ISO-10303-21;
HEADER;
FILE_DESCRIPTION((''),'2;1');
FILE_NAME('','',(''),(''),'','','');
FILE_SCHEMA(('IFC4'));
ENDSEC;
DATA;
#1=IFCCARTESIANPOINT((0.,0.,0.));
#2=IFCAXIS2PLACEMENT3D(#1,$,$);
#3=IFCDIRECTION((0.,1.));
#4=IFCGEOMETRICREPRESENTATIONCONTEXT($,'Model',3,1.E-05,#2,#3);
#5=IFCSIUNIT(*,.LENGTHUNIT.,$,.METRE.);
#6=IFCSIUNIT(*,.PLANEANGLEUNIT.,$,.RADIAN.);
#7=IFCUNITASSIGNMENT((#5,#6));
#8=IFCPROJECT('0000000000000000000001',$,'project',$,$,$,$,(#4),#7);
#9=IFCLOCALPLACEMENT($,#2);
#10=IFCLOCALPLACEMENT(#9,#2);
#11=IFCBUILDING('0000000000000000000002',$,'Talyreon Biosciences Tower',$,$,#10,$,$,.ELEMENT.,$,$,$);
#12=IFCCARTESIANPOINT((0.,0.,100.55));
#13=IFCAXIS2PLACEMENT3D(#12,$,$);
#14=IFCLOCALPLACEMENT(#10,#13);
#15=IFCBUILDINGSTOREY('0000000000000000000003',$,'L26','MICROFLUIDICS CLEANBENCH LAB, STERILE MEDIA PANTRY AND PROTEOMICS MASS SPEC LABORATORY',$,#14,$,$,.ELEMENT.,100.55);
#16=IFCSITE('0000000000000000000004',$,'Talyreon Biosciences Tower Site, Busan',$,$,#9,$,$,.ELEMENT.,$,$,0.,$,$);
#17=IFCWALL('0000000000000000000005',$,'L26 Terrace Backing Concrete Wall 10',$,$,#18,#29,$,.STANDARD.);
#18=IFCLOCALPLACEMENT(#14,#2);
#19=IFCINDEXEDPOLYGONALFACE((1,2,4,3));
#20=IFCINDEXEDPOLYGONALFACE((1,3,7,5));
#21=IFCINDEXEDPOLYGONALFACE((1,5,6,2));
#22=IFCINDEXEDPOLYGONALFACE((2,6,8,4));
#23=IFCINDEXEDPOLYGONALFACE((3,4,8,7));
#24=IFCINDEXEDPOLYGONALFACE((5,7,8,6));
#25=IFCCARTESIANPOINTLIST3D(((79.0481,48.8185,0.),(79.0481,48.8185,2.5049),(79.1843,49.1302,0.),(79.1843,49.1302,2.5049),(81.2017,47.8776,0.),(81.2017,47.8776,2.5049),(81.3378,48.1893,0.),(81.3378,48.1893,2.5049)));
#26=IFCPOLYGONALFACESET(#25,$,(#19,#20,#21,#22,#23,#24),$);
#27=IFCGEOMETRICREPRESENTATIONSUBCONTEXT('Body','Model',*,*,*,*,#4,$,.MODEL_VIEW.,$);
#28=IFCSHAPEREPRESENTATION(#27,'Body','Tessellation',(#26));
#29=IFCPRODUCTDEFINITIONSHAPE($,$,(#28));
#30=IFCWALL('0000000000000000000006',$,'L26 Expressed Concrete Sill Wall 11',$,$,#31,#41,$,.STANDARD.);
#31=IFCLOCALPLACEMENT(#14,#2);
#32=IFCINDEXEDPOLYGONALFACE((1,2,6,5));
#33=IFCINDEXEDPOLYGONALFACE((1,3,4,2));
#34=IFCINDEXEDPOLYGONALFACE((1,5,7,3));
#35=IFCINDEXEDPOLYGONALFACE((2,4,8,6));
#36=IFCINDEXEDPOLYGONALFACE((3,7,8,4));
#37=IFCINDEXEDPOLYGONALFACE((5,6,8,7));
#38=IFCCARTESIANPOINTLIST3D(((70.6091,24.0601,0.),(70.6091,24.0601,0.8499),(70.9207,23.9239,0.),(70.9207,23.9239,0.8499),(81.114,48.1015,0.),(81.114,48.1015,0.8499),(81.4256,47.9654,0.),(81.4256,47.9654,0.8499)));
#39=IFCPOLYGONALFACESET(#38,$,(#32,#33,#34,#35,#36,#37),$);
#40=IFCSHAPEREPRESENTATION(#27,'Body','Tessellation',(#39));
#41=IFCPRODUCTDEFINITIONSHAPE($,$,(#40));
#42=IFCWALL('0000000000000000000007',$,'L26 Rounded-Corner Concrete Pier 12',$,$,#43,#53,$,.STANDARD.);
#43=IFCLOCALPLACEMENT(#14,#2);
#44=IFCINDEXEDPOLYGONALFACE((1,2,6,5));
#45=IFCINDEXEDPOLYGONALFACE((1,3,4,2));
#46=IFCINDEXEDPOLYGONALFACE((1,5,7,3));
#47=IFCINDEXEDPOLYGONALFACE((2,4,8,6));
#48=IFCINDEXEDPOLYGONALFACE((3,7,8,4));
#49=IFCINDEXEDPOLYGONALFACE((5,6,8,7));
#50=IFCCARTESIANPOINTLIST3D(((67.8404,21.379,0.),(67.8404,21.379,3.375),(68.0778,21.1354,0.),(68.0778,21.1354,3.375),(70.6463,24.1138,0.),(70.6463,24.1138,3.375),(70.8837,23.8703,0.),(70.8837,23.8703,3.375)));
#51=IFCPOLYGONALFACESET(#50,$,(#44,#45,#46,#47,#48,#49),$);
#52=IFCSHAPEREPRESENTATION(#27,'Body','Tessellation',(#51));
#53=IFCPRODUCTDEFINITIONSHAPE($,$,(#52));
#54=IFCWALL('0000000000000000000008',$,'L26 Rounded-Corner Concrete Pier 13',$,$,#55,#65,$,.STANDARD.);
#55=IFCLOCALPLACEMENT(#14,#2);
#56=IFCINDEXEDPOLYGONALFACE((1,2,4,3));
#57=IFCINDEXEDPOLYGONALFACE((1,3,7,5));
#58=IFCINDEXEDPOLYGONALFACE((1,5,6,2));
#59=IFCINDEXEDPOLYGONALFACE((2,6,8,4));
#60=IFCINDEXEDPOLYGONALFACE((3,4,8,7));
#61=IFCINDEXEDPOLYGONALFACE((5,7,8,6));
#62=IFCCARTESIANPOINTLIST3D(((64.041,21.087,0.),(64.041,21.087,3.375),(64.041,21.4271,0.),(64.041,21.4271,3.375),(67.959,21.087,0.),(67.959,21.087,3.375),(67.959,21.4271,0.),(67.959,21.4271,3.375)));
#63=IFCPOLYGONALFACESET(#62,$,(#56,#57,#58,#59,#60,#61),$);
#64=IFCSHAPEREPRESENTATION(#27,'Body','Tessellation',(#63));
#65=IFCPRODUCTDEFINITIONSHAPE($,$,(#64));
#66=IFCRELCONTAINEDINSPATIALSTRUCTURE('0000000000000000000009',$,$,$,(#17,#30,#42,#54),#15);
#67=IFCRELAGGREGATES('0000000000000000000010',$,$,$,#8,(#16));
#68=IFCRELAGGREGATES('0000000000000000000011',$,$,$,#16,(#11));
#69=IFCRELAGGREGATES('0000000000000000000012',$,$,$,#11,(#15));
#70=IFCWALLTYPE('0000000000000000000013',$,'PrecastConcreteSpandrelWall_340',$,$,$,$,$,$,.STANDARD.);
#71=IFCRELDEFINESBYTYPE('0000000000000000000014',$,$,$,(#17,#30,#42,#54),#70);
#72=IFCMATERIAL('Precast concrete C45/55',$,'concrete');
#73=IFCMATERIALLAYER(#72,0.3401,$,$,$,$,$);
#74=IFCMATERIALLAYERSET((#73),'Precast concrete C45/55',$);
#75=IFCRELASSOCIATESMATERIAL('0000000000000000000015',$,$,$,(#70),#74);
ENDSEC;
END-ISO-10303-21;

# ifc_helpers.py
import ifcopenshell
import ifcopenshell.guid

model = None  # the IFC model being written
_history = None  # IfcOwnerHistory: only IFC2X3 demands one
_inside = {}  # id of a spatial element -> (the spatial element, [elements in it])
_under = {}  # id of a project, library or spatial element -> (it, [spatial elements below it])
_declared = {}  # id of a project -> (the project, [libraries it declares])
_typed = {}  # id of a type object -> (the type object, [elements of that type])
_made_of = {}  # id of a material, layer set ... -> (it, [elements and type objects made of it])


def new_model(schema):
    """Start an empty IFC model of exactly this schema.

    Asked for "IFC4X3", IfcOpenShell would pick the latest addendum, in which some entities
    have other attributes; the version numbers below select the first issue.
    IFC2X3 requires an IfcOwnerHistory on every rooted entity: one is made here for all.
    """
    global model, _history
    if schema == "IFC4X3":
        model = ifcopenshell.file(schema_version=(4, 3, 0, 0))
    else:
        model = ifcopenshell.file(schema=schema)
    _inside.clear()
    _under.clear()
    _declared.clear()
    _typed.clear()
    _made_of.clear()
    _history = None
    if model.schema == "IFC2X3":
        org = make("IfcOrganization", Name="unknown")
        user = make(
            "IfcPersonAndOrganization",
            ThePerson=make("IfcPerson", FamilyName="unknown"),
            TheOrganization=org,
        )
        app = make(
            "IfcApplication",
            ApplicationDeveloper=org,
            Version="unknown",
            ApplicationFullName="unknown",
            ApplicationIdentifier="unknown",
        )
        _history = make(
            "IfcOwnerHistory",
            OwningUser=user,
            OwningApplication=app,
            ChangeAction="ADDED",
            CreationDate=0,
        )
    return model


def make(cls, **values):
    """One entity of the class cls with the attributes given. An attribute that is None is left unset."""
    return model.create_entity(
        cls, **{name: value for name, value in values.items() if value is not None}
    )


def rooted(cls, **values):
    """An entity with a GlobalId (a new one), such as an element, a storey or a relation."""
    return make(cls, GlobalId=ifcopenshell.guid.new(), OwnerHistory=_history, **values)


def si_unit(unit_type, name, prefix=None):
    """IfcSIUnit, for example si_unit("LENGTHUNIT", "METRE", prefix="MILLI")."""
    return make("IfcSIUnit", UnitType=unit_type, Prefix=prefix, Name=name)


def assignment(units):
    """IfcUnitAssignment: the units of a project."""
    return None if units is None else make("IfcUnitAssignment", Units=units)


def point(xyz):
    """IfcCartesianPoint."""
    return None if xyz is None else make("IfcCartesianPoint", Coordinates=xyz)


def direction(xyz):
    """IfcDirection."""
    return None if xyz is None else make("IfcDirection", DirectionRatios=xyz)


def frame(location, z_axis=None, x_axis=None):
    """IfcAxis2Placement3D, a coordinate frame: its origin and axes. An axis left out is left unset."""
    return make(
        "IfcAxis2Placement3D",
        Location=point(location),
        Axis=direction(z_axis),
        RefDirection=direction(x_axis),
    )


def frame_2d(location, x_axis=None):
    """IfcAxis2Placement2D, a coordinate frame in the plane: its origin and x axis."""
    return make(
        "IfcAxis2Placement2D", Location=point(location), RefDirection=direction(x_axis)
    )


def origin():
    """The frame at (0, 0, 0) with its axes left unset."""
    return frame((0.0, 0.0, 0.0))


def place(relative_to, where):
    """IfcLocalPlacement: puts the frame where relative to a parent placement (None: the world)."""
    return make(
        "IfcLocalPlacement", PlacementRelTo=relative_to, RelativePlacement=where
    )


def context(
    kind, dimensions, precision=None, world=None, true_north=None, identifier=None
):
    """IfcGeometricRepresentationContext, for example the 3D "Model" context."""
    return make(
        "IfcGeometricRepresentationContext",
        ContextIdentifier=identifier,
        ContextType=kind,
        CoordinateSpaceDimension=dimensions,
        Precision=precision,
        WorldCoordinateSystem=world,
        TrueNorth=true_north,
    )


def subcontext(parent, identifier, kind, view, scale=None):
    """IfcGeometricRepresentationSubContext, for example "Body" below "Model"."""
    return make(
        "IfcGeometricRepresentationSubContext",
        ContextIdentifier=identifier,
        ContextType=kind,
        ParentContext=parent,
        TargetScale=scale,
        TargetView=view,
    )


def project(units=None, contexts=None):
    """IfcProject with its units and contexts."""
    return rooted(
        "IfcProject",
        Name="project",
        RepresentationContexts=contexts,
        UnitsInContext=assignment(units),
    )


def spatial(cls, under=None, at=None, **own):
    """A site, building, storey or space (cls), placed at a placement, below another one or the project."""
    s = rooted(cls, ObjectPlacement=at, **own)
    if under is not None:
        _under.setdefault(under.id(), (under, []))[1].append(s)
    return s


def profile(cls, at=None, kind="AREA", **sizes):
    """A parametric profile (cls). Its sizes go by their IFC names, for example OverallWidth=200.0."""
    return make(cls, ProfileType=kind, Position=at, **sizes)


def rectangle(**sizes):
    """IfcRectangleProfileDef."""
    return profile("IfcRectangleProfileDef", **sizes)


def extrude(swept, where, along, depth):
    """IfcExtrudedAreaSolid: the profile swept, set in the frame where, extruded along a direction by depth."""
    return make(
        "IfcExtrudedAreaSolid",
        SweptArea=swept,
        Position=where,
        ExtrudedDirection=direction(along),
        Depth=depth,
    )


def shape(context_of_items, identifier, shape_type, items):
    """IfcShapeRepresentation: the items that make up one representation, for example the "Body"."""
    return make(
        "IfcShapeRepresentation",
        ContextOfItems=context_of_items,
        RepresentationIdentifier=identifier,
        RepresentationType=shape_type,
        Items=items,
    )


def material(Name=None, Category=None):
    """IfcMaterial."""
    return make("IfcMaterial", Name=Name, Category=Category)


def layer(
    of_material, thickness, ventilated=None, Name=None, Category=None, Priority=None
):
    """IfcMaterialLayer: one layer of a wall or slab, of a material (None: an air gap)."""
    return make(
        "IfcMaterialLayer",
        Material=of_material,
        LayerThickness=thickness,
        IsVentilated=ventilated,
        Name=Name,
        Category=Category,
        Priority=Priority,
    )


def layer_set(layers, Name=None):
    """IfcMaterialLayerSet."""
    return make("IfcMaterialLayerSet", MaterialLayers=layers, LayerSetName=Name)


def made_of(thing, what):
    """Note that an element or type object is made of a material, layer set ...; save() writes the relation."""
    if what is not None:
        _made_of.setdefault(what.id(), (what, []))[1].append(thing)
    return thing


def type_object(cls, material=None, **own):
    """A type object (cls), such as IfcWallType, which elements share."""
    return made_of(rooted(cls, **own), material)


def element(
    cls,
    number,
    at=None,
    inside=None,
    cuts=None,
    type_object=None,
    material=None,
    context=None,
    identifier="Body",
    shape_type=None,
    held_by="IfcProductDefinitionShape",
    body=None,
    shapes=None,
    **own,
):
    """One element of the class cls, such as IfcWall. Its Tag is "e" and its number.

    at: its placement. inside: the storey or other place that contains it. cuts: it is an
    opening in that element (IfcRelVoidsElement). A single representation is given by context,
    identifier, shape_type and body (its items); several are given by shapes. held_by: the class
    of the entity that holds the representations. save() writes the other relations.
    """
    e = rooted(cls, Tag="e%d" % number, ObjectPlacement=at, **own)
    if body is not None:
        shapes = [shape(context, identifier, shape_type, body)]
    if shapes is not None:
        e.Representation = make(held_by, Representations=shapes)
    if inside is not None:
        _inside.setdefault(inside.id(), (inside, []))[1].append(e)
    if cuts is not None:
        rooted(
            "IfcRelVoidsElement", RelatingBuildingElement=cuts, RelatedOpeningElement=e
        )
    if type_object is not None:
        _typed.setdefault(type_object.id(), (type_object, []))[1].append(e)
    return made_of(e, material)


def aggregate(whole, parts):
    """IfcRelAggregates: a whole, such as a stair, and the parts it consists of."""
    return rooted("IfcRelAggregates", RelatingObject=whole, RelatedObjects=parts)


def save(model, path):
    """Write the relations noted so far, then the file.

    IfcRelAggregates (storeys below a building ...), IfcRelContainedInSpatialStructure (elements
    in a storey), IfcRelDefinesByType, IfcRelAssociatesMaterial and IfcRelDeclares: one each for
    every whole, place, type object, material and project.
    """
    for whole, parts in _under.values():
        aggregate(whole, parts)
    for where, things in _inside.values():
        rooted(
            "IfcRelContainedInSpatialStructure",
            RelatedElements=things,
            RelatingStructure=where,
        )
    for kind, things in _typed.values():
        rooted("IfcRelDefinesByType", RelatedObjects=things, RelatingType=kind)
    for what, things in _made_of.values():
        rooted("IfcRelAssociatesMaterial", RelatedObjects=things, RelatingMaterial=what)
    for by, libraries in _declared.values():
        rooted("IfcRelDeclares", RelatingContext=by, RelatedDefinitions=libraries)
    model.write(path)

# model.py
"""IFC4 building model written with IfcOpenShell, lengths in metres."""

from ifc_helpers import new_model, si_unit, direction, frame, frame_2d, origin, place, context, subcontext, project, spatial, rectangle, extrude, material, layer, layer_set, type_object, element, save


model = new_model("IFC4")

# Units and contexts
model_context = context("Model", 3, precision=1e-05, world=origin(), true_north=direction((0.0, 1.0)))
body_context = subcontext(model_context, "Body", "Model", "MODEL_VIEW")
ifc_project = project(units=[si_unit("LENGTHUNIT", "METRE"), si_unit("PLANEANGLEUNIT", "RADIAN")], contexts=[model_context])

# Site, building, storey
site_placement = place(None, origin())
site = spatial("IfcSite", under=ifc_project, at=site_placement, Name="Talyreon Biosciences Tower Site, Busan", CompositionType="ELEMENT", RefElevation=0.0)
building_placement = place(site_placement, origin())
building = spatial("IfcBuilding", under=site, at=building_placement, Name="Talyreon Biosciences Tower", CompositionType="ELEMENT")
storey_placement = place(building_placement, frame((0.0, 0.0, 100.55)))
storey = spatial("IfcBuildingStorey", under=building, at=storey_placement, Name="L26", Description="MICROFLUIDICS CLEANBENCH LAB, STERILE MEDIA PANTRY AND PROTEOMICS MASS SPEC LABORATORY", CompositionType="ELEMENT", Elevation=100.55)

# Shared definitions
ifc_material_1 = material(Name="Precast concrete C45/55", Category="concrete")

# Walls
ifc_layer_1 = layer(ifc_material_1, 0.3401)
ifc_layer_set_1 = layer_set([ifc_layer_1], Name="Precast concrete C45/55")
wall_type_1 = type_object("IfcWallType", Name="PrecastConcreteSpandrelWall_340", PredefinedType="STANDARD", material=ifc_layer_set_1)
for number, where, z_axis, x_axis, name in (
    (1, (79.1162, 48.9744, 0.0), (0.0, 0.0, 1.0), (0.916355, -0.400366, 0.0), "L26 Terrace Backing Concrete Wall 10"),
):
    element("IfcWall", number, at=place(storey_placement, frame(where, z_axis=z_axis, x_axis=x_axis)), inside=storey, type_object=wall_type_1, Name=name, PredefinedType="STANDARD", context=body_context, shape_type="SweptSolid", body=[
        extrude(rectangle(XDim=2.3501, YDim=0.3401, at=frame_2d((1.175, 0.0))), origin(), (0.0, 0.0, 1.0), 2.5049),
    ])
wall_1_placement = place(storey_placement, frame((81.2698, 48.0334, 0.0), z_axis=(0.0, 0.0, 1.0), x_axis=(-0.400394, -0.916343, 0.0)))
element("IfcWall", 2, at=wall_1_placement, inside=storey, type_object=wall_type_1, Name="L26 Expressed Concrete Sill Wall 11", PredefinedType="STANDARD", context=body_context, shape_type="SweptSolid", body=[
    extrude(rectangle(XDim=26.2363, YDim=0.3401, at=frame_2d((13.1182, 0.0))), origin(), (0.0, 0.0, 1.0), 0.8499),
])
wall_2_placement = place(storey_placement, frame((70.7649, 23.9919, 0.0), z_axis=(0.0, 0.0, 1.0), x_axis=(-0.716115, -0.697983, 0.0)))
element("IfcWall", 3, at=wall_2_placement, inside=storey, type_object=wall_type_1, Name="L26 Rounded-Corner Concrete Pier 12", PredefinedType="STANDARD", context=body_context, shape_type="SweptSolid", body=[
    extrude(rectangle(XDim=3.9182, YDim=0.3401, at=frame_2d((1.959, 0.0))), origin(), (0.0, 0.0, 1.0), 3.375),
])
wall_3_placement = place(storey_placement, frame((67.959, 21.2571, 0.0), z_axis=(0.0, 0.0, 1.0), x_axis=(-1.0, 0.0, 0.0)))
element("IfcWall", 4, at=wall_3_placement, inside=storey, type_object=wall_type_1, Name="L26 Rounded-Corner Concrete Pier 13", PredefinedType="STANDARD", context=body_context, shape_type="SweptSolid", body=[
    extrude(rectangle(XDim=3.918, YDim=0.3401, at=frame_2d((1.959, 0.0))), origin(), (0.0, 0.0, 1.0), 3.375),
])

save(model, "model.ifc")
